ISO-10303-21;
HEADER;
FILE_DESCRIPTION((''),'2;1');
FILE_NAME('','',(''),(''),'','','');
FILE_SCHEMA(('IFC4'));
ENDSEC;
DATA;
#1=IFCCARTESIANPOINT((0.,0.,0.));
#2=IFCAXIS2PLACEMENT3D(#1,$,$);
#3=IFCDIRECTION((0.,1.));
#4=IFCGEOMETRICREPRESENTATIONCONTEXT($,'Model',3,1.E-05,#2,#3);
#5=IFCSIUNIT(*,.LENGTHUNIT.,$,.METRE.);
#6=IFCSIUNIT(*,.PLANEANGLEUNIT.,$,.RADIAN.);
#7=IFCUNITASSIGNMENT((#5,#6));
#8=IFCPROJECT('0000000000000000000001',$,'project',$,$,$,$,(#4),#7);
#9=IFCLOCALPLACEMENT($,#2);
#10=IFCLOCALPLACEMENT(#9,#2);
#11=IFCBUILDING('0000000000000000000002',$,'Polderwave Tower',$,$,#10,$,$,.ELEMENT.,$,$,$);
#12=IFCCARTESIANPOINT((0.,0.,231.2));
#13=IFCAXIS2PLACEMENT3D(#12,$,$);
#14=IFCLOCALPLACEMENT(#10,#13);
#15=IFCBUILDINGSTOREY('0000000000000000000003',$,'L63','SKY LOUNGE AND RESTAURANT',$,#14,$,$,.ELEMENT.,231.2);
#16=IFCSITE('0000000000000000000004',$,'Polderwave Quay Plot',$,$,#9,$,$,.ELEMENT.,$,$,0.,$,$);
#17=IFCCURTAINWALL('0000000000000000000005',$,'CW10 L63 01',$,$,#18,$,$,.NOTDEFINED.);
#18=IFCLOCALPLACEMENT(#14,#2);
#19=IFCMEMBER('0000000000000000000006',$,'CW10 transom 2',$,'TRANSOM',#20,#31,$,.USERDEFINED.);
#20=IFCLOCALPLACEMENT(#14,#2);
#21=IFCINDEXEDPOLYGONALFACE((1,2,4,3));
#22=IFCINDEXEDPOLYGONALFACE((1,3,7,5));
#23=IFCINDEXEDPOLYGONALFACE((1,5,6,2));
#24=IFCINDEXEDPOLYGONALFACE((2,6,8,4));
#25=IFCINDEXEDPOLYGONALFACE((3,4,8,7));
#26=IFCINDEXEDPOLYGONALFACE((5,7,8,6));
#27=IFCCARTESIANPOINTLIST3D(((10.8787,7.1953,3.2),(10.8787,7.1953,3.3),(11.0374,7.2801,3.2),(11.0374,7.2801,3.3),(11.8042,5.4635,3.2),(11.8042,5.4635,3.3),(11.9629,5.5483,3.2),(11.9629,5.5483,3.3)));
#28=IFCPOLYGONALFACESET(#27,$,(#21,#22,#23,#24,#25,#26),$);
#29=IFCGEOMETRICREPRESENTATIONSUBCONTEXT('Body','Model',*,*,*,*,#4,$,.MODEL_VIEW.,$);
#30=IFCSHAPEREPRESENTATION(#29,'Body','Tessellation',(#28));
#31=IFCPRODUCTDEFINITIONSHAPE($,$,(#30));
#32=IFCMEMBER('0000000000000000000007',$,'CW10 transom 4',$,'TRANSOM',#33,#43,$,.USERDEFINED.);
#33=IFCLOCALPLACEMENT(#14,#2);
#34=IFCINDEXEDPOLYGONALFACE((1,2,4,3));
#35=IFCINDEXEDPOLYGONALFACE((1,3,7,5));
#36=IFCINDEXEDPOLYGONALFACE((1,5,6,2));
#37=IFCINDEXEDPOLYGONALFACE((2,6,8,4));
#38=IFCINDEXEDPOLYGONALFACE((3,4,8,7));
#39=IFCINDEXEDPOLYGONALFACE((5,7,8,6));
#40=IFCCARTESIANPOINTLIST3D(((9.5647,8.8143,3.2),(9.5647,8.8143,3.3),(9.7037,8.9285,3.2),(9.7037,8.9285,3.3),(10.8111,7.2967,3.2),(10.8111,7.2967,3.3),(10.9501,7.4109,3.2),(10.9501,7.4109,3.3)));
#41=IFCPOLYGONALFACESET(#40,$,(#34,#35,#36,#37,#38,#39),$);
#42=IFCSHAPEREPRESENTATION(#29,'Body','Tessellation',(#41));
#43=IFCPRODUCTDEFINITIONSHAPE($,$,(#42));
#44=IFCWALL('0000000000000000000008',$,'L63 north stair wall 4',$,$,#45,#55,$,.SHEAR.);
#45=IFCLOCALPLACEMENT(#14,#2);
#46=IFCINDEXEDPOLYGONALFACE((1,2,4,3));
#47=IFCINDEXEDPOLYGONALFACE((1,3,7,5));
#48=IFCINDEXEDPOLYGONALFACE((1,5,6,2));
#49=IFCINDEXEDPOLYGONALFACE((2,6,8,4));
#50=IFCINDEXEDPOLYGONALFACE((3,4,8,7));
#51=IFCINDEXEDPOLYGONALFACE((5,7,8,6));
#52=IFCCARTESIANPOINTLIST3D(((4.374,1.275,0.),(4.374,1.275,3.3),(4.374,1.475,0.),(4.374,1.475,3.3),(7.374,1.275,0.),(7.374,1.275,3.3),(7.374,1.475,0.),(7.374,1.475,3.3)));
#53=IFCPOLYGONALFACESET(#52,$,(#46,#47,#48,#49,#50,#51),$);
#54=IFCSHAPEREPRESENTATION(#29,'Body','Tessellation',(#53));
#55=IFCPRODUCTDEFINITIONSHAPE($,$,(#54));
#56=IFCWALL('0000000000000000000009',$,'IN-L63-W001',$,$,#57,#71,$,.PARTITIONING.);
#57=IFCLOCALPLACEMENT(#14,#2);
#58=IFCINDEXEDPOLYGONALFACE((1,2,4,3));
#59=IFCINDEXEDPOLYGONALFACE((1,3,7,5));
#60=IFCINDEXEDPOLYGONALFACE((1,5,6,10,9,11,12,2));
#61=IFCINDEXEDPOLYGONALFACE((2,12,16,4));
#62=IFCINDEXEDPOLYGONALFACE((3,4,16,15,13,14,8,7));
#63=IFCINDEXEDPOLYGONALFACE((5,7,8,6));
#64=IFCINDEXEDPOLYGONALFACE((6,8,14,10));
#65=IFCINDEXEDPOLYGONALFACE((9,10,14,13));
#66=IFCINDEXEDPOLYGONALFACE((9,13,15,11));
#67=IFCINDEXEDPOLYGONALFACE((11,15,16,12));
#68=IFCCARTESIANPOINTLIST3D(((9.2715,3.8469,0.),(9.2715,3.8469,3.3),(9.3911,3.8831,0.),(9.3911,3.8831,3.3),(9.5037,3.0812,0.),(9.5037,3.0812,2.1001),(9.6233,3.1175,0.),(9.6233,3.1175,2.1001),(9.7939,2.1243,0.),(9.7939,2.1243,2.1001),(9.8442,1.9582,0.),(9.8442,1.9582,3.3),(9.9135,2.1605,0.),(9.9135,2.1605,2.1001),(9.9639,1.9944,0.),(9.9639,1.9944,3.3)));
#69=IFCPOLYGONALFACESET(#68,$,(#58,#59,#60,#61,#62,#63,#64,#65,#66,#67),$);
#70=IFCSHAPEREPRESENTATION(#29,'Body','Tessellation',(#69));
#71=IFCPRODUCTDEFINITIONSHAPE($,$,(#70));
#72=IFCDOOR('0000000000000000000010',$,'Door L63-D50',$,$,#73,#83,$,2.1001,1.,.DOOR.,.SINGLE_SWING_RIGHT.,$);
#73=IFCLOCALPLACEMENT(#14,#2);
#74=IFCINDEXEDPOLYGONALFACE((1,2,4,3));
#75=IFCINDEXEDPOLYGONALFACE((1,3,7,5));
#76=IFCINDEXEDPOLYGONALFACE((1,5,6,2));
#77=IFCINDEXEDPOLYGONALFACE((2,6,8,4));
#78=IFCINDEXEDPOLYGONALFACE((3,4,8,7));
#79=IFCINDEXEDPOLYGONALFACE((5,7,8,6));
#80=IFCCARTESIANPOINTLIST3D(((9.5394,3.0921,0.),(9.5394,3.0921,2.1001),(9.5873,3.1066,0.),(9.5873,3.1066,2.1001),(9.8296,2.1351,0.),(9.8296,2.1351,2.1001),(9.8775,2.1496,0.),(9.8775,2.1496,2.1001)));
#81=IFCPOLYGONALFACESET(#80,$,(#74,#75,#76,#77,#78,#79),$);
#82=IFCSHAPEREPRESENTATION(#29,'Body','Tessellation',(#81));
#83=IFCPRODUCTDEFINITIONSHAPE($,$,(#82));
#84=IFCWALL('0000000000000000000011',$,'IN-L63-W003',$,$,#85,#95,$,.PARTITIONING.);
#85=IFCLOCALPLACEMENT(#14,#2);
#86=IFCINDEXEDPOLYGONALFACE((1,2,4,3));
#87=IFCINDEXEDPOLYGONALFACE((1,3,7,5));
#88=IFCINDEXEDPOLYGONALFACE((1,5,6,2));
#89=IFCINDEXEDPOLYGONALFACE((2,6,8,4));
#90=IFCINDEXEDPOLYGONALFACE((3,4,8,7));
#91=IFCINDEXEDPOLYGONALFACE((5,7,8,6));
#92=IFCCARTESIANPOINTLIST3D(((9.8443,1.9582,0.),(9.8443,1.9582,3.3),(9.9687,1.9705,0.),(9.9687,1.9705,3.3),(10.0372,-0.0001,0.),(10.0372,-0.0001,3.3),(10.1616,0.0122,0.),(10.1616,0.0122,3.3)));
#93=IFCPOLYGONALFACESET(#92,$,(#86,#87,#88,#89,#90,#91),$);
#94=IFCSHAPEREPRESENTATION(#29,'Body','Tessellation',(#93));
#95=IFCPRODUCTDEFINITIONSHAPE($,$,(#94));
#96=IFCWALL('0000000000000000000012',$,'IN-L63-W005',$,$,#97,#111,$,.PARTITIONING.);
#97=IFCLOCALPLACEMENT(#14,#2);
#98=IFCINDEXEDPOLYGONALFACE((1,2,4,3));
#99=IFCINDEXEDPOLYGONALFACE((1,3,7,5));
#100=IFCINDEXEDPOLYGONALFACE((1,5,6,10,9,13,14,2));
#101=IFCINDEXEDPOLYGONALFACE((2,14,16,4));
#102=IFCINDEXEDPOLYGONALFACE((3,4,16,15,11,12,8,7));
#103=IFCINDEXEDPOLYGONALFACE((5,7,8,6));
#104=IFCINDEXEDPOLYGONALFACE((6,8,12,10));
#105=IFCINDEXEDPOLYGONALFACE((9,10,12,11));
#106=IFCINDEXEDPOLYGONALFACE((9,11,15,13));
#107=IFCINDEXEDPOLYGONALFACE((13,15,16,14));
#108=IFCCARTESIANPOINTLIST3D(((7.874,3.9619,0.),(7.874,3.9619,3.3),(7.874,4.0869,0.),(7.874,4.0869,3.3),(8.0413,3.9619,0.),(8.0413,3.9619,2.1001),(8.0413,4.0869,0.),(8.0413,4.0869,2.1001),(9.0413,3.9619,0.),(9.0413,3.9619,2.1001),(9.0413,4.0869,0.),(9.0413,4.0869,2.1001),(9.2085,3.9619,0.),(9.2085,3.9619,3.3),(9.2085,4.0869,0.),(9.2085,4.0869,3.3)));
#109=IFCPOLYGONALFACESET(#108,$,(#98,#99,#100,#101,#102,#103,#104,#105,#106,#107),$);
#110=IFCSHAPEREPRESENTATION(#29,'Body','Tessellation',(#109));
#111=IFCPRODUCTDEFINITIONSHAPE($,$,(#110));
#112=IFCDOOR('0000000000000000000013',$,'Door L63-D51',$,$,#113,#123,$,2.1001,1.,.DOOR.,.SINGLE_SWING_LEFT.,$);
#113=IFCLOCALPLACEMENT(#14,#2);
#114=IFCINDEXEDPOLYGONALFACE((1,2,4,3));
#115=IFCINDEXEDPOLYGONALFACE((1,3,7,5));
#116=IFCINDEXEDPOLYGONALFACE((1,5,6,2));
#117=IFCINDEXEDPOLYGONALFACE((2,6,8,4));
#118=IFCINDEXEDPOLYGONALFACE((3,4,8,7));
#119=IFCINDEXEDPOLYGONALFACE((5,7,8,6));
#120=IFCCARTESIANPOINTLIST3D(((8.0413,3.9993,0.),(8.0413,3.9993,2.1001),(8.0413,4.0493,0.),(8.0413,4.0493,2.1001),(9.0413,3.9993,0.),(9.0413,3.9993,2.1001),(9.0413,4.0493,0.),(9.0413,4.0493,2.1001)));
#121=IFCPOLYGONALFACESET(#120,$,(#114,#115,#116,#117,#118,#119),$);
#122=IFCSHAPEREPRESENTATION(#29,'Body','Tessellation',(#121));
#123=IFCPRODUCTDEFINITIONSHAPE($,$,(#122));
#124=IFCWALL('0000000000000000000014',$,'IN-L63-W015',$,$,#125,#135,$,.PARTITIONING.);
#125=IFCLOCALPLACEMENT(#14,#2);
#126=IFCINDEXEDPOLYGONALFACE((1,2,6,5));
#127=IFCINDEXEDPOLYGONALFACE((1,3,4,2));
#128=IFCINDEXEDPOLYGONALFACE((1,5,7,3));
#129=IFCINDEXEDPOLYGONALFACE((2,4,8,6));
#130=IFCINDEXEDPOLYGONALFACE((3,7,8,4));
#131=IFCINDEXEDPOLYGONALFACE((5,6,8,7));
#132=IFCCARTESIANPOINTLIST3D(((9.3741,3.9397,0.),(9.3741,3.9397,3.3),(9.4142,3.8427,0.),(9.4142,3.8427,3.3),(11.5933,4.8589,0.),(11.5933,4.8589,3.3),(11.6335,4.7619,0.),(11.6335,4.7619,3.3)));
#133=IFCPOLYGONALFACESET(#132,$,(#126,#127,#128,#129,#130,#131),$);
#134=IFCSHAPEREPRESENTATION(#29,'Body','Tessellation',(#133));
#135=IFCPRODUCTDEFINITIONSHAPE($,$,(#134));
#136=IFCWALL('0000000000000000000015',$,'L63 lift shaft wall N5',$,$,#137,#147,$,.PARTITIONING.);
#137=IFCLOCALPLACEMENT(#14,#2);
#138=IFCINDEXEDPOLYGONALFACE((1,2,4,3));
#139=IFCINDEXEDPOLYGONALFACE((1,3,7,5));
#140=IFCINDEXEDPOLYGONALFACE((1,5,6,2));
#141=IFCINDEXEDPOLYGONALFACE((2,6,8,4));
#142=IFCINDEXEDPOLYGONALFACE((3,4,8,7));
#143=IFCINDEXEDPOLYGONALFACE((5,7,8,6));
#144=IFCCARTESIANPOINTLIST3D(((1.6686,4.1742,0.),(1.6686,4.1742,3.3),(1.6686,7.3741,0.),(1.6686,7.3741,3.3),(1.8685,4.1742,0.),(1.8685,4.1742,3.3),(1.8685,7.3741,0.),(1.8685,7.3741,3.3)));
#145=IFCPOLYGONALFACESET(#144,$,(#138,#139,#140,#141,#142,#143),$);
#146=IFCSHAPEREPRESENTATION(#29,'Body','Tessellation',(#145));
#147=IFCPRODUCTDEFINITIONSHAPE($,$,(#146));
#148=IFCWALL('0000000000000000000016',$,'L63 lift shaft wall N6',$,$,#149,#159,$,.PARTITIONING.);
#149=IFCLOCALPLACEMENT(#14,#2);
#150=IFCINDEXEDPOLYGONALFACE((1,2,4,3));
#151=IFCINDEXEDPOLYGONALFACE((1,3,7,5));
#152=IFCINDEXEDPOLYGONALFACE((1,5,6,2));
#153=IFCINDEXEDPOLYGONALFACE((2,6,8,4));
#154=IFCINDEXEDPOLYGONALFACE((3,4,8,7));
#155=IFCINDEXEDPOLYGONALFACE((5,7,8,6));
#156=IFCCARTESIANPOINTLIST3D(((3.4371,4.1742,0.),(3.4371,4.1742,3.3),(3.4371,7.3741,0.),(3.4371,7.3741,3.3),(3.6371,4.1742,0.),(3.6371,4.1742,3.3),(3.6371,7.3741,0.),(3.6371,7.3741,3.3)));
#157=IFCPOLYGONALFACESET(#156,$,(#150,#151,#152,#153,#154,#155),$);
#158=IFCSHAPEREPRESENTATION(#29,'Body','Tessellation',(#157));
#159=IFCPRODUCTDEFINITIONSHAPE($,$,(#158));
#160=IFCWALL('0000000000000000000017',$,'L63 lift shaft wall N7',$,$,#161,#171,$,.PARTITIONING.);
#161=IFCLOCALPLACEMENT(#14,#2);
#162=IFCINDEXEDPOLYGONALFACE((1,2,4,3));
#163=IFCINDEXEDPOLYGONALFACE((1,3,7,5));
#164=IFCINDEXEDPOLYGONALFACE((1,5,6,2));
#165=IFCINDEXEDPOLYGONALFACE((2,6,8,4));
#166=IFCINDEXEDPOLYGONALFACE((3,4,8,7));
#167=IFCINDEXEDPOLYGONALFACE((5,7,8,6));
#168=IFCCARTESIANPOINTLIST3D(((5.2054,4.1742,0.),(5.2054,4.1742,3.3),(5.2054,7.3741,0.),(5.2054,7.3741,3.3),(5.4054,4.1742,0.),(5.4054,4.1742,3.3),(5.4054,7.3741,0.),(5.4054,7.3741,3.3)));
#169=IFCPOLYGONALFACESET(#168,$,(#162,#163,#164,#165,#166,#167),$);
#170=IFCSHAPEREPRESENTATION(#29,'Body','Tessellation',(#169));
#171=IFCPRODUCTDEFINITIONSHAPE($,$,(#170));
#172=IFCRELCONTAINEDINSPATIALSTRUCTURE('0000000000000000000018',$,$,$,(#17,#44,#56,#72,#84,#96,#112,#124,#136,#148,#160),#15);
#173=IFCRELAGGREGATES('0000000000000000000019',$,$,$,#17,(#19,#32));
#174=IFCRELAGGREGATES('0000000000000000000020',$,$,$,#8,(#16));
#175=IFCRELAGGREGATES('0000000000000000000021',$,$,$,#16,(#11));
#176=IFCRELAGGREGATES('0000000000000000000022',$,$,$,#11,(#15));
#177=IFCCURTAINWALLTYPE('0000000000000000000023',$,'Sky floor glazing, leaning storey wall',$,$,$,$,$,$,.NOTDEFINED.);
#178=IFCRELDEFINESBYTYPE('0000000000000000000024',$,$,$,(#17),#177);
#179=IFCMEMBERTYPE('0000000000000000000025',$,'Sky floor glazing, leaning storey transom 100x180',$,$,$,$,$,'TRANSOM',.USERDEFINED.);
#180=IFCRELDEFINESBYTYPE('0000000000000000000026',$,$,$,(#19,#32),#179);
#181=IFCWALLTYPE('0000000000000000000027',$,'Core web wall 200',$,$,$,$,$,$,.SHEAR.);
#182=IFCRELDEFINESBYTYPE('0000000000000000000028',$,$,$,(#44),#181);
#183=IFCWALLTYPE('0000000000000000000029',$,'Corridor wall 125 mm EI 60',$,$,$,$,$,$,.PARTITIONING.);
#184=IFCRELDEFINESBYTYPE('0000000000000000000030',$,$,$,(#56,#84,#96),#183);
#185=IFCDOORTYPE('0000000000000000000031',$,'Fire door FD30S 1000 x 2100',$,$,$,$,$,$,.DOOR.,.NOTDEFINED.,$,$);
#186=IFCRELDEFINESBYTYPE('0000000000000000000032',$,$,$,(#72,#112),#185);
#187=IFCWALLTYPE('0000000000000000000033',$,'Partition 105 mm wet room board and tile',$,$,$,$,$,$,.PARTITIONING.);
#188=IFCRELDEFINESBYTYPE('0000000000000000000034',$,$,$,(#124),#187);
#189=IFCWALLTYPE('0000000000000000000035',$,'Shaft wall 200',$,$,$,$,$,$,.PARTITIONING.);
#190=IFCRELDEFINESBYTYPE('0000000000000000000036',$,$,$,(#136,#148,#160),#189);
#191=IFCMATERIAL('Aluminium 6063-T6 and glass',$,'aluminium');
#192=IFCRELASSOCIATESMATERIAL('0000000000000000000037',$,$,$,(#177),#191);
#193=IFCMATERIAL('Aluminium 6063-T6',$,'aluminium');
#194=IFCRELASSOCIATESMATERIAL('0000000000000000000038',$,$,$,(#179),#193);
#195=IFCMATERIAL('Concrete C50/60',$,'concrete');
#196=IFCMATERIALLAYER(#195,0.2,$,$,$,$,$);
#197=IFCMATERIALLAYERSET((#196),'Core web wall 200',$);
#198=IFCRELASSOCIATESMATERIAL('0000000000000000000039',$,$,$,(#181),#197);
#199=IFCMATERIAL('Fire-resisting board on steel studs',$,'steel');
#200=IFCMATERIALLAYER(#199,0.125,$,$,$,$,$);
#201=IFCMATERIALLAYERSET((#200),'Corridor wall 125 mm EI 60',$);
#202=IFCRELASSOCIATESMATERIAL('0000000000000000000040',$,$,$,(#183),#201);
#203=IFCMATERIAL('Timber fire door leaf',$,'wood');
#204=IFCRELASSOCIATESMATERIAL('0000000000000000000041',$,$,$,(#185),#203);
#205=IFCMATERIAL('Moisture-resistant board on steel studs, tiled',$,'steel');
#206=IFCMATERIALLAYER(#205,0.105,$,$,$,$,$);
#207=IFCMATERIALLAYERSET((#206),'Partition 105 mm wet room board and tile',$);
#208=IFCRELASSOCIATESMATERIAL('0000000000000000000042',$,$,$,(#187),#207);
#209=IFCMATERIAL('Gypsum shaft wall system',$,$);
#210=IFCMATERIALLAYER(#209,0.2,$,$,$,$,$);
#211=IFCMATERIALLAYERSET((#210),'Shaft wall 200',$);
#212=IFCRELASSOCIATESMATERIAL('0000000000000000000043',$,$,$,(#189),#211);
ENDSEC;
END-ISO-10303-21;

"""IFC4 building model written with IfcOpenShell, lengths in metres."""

from ifc_helpers import new_model, si_unit, direction, frame, frame_2d, origin, origin_2d, place, context, subcontext, project, spatial, rectangle, extrude, material, layer, layer_set, material_profile, profile_set, type_object, element, fill, aggregate, save


model = new_model("IFC4")

# Units and contexts
model_context = context("Model", 3, precision=1e-05, world=origin(), true_north=direction((0.0, 1.0)))
body_context = subcontext(model_context, "Body", "Model", "MODEL_VIEW")
ifc_project = project(units=[si_unit("LENGTHUNIT", "METRE"), si_unit("PLANEANGLEUNIT", "RADIAN")], contexts=[model_context])

# Site, building, storey
site_placement = place(None, origin())
site = spatial("IfcSite", under=ifc_project, at=site_placement, Name="Polderwave Quay Plot", CompositionType="ELEMENT", RefElevation=0.0)
building_placement = place(site_placement, origin())
building = spatial("IfcBuilding", under=site, at=building_placement, Name="Polderwave Tower", CompositionType="ELEMENT")
storey_placement = place(building_placement, frame((0.0, 0.0, 231.2)))
storey = spatial("IfcBuildingStorey", under=building, at=storey_placement, Name="L63", Description="SKY LOUNGE AND RESTAURANT", CompositionType="ELEMENT", Elevation=231.2)

# Curtain wall, members
ifc_material_1 = material(Name="Aluminium 6063-T6 and glass", Category="aluminium")
curtain_wall_type = type_object("IfcCurtainWallType", Name="Sky floor glazing, leaning storey wall", PredefinedType="NOTDEFINED", material=ifc_material_1)
curtain_wall_placement = place(storey_placement, origin())
curtain_wall = element("IfcCurtainWall", 1, at=curtain_wall_placement, inside=storey, type_object=curtain_wall_type, Name="CW10 L63 01", PredefinedType="NOTDEFINED")
ifc_material_2 = material(Name="Aluminium 6063-T6", Category="aluminium")
ifc_material_profile = material_profile(ifc_material_2, rectangle(XDim=0.1799, YDim=0.1001, at=origin_2d()), Name="AL 100x180")
ifc_profile_set = profile_set([ifc_material_profile], Name="Aluminium 6063-T6")
member_type = type_object("IfcMemberType", Name="Sky floor glazing, leaning storey transom 100x180", ElementType="TRANSOM", PredefinedType="USERDEFINED", material=ifc_profile_set)
member_1_placement = place(storey_placement, frame((11.8835, 5.5059, 3.25), z_axis=(-0.471317, 0.881964, 0.0), x_axis=(-0.881964, -0.471317, 0.0)))
member_1 = element("IfcMember", 2, at=member_1_placement, type_object=member_type, Name="CW10 transom 2", ObjectType="TRANSOM", PredefinedType="USERDEFINED", context=body_context, shape_type="SweptSolid", body=[
    extrude(rectangle(XDim=0.1799, YDim=0.1001, at=origin_2d()), origin(), (0.0, 0.0, 1.0), 1.9636),
])
member_2_placement = place(storey_placement, frame((10.8806, 7.3538, 3.25), z_axis=(-0.634665, 0.772787, 0.0), x_axis=(-0.772787, -0.634665, 0.0)))
member_2 = element("IfcMember", 3, at=member_2_placement, type_object=member_type, Name="CW10 transom 4", ObjectType="TRANSOM", PredefinedType="USERDEFINED", context=body_context, shape_type="SweptSolid", body=[
    extrude(rectangle(XDim=0.1799, YDim=0.1001, at=origin_2d()), origin(), (0.0, 0.0, 1.0), 1.9639),
])
aggregate(curtain_wall, [member_1, member_2])

# Wall
ifc_material_3 = material(Name="Concrete C50/60", Category="concrete")
ifc_layer_1 = layer(ifc_material_3, 0.2)
ifc_layer_set_1 = layer_set([ifc_layer_1], Name="Core web wall 200")
wall_type_1 = type_object("IfcWallType", Name="Core web wall 200", PredefinedType="SHEAR", material=ifc_layer_set_1)
wall_1_placement = place(storey_placement, frame((4.374, 1.375, 0.0), z_axis=(0.0, 0.0, 1.0), x_axis=(1.0, 0.0, 0.0)))
element("IfcWall", 4, at=wall_1_placement, inside=storey, type_object=wall_type_1, Name="L63 north stair wall 4", PredefinedType="SHEAR", context=body_context, shape_type="SweptSolid", body=[
    extrude(rectangle(XDim=3.0, YDim=0.2, at=frame_2d((1.5, 0.0))), origin(), (0.0, 0.0, 1.0), 3.3),
])

# Wall, opening, door
ifc_material_4 = material(Name="Fire-resisting board on steel studs", Category="steel")
ifc_layer_2 = layer(ifc_material_4, 0.125)
ifc_layer_set_2 = layer_set([ifc_layer_2], Name="Corridor wall 125 mm EI 60")
wall_type_2 = type_object("IfcWallType", Name="Corridor wall 125 mm EI 60", PredefinedType="PARTITIONING", material=ifc_layer_set_2)
wall_2_placement = place(storey_placement, frame((9.3313, 3.865, 0.0), z_axis=(0.0, 0.0, 1.0), x_axis=(0.290207, -0.956964, 0.0)))
wall_2 = element("IfcWall", 5, at=wall_2_placement, inside=storey, type_object=wall_type_2, Name="IN-L63-W001", PredefinedType="PARTITIONING", context=body_context, shape_type="SweptSolid", body=[
    extrude(rectangle(XDim=1.9736, YDim=0.125, at=frame_2d((0.9868, 0.0))), origin(), (0.0, 0.0, 1.0), 3.3),
])
opening_1_placement = place(wall_2_placement, frame((0.8, 0.0, 0.0)))
opening_1 = element("IfcOpeningElement", 6, at=opening_1_placement, cuts=wall_2, PredefinedType="OPENING", context=body_context, shape_type="SweptSolid", body=[
    extrude(rectangle(XDim=1.0, YDim=2.1001, at=frame_2d((0.5, 1.05))), frame((0.0, 0.0725, 0.0), z_axis=(0.0, -1.0, 0.0), x_axis=(1.0, 0.0, 0.0)), (0.0, 0.0, 1.0), 0.145),
])
ifc_material_5 = material(Name="Timber fire door leaf", Category="wood")
door_type = type_object("IfcDoorType", Name="Fire door FD30S 1000 x 2100", OperationType="NOTDEFINED", PredefinedType="DOOR", material=ifc_material_5)
door_1_placement = place(opening_1_placement, origin())
door_1 = element("IfcDoor", 7, at=door_1_placement, inside=storey, type_object=door_type, Name="Door L63-D50", OperationType="SINGLE_SWING_RIGHT", OverallHeight=2.1001, OverallWidth=1.0, PredefinedType="DOOR", context=body_context, shape_type="SweptSolid", body=[
    extrude(rectangle(XDim=1.0, YDim=2.1001, at=frame_2d((0.5, 1.05))), frame((0.0, 0.0249, 0.0), z_axis=(0.0, -1.0, 0.0), x_axis=(1.0, 0.0, 0.0)), (0.0, 0.0, 1.0), 0.05),
])
fill(opening_1, door_1)

# Wall
wall_3_placement = place(storey_placement, frame((9.9065, 1.9644, 0.0), z_axis=(0.0, 0.0, 1.0), x_axis=(0.098017, -0.995185, 0.0)))
element("IfcWall", 8, at=wall_3_placement, inside=storey, type_object=wall_type_2, Name="IN-L63-W003", PredefinedType="PARTITIONING", context=body_context, shape_type="SweptSolid", body=[
    extrude(rectangle(XDim=1.9678, YDim=0.125, at=frame_2d((0.9839, 0.0))), origin(), (0.0, 0.0, 1.0), 3.3),
])

# Wall, opening, door
wall_4_placement = place(storey_placement, frame((7.874, 4.0244, 0.0), z_axis=(0.0, 0.0, 1.0), x_axis=(1.0, 0.0, 0.0)))
wall_4 = element("IfcWall", 9, at=wall_4_placement, inside=storey, type_object=wall_type_2, Name="IN-L63-W005", PredefinedType="PARTITIONING", context=body_context, shape_type="SweptSolid", body=[
    extrude(rectangle(XDim=1.3345, YDim=0.125, at=frame_2d((0.6672, 0.0))), origin(), (0.0, 0.0, 1.0), 3.3),
])
opening_2_placement = place(wall_4_placement, frame((0.1672, 0.0, 0.0)))
opening_2 = element("IfcOpeningElement", 10, at=opening_2_placement, cuts=wall_4, PredefinedType="OPENING", context=body_context, shape_type="SweptSolid", body=[
    extrude(rectangle(XDim=1.0, YDim=2.1001, at=frame_2d((0.5, 1.05))), frame((0.0, 0.0725, 0.0), z_axis=(0.0, -1.0, 0.0), x_axis=(1.0, 0.0, 0.0)), (0.0, 0.0, 1.0), 0.145),
])
door_2_placement = place(opening_2_placement, origin())
door_2 = element("IfcDoor", 11, at=door_2_placement, inside=storey, type_object=door_type, Name="Door L63-D51", OperationType="SINGLE_SWING_LEFT", OverallHeight=2.1001, OverallWidth=1.0, PredefinedType="DOOR", context=body_context, shape_type="SweptSolid", body=[
    extrude(rectangle(XDim=1.0, YDim=2.1001, at=frame_2d((0.5, 1.05))), frame((0.0, 0.0249, 0.0), z_axis=(0.0, -1.0, 0.0), x_axis=(1.0, 0.0, 0.0)), (0.0, 0.0, 1.0), 0.05),
])
fill(opening_2, door_2)

# Walls
ifc_material_6 = material(Name="Moisture-resistant board on steel studs, tiled", Category="steel")
ifc_layer_3 = layer(ifc_material_6, 0.105)
ifc_layer_set_3 = layer_set([ifc_layer_3], Name="Partition 105 mm wet room board and tile")
wall_type_3 = type_object("IfcWallType", Name="Partition 105 mm wet room board and tile", PredefinedType="PARTITIONING", material=ifc_layer_set_3)
wall_5_placement = place(storey_placement, frame((9.394, 3.8911, 0.0), z_axis=(0.0, 0.0, 1.0), x_axis=(0.923887, 0.382666, 0.0)))
element("IfcWall", 12, at=wall_5_placement, inside=storey, type_object=wall_type_3, Name="IN-L63-W015", PredefinedType="PARTITIONING", context=body_context, shape_type="SweptSolid", body=[
    extrude(rectangle(XDim=2.4021, YDim=0.105, at=frame_2d((1.2012, 0.0))), origin(), (0.0, 0.0, 1.0), 3.3),
])
ifc_material_7 = material(Name="Gypsum shaft wall system")
ifc_layer_4 = layer(ifc_material_7, 0.2)
ifc_layer_set_4 = layer_set([ifc_layer_4], Name="Shaft wall 200")
wall_type_4 = type_object("IfcWallType", Name="Shaft wall 200", PredefinedType="PARTITIONING", material=ifc_layer_set_4)
for number, where, z_axis, x_axis, name in (
    (13, (1.7686, 4.1741, 0.0), (0.0, 0.0, 1.0), (0.0, 1.0, 0.0), "L63 lift shaft wall N5"),
    (14, (3.5371, 4.1741, 0.0), (0.0, 0.0, 1.0), (0.0, 1.0, 0.0), "L63 lift shaft wall N6"),
    (15, (5.3054, 4.1741, 0.0), (0.0, 0.0, 1.0), (0.0, 1.0, 0.0), "L63 lift shaft wall N7"),
):
    element("IfcWall", number, at=place(storey_placement, frame(where, z_axis=z_axis, x_axis=x_axis)), inside=storey, type_object=wall_type_4, Name=name, PredefinedType="PARTITIONING", context=body_context, shape_type="SweptSolid", body=[
        extrude(rectangle(XDim=3.2, YDim=0.2, at=frame_2d((1.6001, 0.0))), origin(), (0.0, 0.0, 1.0), 3.3),
    ])

save(model, "model.ifc")
